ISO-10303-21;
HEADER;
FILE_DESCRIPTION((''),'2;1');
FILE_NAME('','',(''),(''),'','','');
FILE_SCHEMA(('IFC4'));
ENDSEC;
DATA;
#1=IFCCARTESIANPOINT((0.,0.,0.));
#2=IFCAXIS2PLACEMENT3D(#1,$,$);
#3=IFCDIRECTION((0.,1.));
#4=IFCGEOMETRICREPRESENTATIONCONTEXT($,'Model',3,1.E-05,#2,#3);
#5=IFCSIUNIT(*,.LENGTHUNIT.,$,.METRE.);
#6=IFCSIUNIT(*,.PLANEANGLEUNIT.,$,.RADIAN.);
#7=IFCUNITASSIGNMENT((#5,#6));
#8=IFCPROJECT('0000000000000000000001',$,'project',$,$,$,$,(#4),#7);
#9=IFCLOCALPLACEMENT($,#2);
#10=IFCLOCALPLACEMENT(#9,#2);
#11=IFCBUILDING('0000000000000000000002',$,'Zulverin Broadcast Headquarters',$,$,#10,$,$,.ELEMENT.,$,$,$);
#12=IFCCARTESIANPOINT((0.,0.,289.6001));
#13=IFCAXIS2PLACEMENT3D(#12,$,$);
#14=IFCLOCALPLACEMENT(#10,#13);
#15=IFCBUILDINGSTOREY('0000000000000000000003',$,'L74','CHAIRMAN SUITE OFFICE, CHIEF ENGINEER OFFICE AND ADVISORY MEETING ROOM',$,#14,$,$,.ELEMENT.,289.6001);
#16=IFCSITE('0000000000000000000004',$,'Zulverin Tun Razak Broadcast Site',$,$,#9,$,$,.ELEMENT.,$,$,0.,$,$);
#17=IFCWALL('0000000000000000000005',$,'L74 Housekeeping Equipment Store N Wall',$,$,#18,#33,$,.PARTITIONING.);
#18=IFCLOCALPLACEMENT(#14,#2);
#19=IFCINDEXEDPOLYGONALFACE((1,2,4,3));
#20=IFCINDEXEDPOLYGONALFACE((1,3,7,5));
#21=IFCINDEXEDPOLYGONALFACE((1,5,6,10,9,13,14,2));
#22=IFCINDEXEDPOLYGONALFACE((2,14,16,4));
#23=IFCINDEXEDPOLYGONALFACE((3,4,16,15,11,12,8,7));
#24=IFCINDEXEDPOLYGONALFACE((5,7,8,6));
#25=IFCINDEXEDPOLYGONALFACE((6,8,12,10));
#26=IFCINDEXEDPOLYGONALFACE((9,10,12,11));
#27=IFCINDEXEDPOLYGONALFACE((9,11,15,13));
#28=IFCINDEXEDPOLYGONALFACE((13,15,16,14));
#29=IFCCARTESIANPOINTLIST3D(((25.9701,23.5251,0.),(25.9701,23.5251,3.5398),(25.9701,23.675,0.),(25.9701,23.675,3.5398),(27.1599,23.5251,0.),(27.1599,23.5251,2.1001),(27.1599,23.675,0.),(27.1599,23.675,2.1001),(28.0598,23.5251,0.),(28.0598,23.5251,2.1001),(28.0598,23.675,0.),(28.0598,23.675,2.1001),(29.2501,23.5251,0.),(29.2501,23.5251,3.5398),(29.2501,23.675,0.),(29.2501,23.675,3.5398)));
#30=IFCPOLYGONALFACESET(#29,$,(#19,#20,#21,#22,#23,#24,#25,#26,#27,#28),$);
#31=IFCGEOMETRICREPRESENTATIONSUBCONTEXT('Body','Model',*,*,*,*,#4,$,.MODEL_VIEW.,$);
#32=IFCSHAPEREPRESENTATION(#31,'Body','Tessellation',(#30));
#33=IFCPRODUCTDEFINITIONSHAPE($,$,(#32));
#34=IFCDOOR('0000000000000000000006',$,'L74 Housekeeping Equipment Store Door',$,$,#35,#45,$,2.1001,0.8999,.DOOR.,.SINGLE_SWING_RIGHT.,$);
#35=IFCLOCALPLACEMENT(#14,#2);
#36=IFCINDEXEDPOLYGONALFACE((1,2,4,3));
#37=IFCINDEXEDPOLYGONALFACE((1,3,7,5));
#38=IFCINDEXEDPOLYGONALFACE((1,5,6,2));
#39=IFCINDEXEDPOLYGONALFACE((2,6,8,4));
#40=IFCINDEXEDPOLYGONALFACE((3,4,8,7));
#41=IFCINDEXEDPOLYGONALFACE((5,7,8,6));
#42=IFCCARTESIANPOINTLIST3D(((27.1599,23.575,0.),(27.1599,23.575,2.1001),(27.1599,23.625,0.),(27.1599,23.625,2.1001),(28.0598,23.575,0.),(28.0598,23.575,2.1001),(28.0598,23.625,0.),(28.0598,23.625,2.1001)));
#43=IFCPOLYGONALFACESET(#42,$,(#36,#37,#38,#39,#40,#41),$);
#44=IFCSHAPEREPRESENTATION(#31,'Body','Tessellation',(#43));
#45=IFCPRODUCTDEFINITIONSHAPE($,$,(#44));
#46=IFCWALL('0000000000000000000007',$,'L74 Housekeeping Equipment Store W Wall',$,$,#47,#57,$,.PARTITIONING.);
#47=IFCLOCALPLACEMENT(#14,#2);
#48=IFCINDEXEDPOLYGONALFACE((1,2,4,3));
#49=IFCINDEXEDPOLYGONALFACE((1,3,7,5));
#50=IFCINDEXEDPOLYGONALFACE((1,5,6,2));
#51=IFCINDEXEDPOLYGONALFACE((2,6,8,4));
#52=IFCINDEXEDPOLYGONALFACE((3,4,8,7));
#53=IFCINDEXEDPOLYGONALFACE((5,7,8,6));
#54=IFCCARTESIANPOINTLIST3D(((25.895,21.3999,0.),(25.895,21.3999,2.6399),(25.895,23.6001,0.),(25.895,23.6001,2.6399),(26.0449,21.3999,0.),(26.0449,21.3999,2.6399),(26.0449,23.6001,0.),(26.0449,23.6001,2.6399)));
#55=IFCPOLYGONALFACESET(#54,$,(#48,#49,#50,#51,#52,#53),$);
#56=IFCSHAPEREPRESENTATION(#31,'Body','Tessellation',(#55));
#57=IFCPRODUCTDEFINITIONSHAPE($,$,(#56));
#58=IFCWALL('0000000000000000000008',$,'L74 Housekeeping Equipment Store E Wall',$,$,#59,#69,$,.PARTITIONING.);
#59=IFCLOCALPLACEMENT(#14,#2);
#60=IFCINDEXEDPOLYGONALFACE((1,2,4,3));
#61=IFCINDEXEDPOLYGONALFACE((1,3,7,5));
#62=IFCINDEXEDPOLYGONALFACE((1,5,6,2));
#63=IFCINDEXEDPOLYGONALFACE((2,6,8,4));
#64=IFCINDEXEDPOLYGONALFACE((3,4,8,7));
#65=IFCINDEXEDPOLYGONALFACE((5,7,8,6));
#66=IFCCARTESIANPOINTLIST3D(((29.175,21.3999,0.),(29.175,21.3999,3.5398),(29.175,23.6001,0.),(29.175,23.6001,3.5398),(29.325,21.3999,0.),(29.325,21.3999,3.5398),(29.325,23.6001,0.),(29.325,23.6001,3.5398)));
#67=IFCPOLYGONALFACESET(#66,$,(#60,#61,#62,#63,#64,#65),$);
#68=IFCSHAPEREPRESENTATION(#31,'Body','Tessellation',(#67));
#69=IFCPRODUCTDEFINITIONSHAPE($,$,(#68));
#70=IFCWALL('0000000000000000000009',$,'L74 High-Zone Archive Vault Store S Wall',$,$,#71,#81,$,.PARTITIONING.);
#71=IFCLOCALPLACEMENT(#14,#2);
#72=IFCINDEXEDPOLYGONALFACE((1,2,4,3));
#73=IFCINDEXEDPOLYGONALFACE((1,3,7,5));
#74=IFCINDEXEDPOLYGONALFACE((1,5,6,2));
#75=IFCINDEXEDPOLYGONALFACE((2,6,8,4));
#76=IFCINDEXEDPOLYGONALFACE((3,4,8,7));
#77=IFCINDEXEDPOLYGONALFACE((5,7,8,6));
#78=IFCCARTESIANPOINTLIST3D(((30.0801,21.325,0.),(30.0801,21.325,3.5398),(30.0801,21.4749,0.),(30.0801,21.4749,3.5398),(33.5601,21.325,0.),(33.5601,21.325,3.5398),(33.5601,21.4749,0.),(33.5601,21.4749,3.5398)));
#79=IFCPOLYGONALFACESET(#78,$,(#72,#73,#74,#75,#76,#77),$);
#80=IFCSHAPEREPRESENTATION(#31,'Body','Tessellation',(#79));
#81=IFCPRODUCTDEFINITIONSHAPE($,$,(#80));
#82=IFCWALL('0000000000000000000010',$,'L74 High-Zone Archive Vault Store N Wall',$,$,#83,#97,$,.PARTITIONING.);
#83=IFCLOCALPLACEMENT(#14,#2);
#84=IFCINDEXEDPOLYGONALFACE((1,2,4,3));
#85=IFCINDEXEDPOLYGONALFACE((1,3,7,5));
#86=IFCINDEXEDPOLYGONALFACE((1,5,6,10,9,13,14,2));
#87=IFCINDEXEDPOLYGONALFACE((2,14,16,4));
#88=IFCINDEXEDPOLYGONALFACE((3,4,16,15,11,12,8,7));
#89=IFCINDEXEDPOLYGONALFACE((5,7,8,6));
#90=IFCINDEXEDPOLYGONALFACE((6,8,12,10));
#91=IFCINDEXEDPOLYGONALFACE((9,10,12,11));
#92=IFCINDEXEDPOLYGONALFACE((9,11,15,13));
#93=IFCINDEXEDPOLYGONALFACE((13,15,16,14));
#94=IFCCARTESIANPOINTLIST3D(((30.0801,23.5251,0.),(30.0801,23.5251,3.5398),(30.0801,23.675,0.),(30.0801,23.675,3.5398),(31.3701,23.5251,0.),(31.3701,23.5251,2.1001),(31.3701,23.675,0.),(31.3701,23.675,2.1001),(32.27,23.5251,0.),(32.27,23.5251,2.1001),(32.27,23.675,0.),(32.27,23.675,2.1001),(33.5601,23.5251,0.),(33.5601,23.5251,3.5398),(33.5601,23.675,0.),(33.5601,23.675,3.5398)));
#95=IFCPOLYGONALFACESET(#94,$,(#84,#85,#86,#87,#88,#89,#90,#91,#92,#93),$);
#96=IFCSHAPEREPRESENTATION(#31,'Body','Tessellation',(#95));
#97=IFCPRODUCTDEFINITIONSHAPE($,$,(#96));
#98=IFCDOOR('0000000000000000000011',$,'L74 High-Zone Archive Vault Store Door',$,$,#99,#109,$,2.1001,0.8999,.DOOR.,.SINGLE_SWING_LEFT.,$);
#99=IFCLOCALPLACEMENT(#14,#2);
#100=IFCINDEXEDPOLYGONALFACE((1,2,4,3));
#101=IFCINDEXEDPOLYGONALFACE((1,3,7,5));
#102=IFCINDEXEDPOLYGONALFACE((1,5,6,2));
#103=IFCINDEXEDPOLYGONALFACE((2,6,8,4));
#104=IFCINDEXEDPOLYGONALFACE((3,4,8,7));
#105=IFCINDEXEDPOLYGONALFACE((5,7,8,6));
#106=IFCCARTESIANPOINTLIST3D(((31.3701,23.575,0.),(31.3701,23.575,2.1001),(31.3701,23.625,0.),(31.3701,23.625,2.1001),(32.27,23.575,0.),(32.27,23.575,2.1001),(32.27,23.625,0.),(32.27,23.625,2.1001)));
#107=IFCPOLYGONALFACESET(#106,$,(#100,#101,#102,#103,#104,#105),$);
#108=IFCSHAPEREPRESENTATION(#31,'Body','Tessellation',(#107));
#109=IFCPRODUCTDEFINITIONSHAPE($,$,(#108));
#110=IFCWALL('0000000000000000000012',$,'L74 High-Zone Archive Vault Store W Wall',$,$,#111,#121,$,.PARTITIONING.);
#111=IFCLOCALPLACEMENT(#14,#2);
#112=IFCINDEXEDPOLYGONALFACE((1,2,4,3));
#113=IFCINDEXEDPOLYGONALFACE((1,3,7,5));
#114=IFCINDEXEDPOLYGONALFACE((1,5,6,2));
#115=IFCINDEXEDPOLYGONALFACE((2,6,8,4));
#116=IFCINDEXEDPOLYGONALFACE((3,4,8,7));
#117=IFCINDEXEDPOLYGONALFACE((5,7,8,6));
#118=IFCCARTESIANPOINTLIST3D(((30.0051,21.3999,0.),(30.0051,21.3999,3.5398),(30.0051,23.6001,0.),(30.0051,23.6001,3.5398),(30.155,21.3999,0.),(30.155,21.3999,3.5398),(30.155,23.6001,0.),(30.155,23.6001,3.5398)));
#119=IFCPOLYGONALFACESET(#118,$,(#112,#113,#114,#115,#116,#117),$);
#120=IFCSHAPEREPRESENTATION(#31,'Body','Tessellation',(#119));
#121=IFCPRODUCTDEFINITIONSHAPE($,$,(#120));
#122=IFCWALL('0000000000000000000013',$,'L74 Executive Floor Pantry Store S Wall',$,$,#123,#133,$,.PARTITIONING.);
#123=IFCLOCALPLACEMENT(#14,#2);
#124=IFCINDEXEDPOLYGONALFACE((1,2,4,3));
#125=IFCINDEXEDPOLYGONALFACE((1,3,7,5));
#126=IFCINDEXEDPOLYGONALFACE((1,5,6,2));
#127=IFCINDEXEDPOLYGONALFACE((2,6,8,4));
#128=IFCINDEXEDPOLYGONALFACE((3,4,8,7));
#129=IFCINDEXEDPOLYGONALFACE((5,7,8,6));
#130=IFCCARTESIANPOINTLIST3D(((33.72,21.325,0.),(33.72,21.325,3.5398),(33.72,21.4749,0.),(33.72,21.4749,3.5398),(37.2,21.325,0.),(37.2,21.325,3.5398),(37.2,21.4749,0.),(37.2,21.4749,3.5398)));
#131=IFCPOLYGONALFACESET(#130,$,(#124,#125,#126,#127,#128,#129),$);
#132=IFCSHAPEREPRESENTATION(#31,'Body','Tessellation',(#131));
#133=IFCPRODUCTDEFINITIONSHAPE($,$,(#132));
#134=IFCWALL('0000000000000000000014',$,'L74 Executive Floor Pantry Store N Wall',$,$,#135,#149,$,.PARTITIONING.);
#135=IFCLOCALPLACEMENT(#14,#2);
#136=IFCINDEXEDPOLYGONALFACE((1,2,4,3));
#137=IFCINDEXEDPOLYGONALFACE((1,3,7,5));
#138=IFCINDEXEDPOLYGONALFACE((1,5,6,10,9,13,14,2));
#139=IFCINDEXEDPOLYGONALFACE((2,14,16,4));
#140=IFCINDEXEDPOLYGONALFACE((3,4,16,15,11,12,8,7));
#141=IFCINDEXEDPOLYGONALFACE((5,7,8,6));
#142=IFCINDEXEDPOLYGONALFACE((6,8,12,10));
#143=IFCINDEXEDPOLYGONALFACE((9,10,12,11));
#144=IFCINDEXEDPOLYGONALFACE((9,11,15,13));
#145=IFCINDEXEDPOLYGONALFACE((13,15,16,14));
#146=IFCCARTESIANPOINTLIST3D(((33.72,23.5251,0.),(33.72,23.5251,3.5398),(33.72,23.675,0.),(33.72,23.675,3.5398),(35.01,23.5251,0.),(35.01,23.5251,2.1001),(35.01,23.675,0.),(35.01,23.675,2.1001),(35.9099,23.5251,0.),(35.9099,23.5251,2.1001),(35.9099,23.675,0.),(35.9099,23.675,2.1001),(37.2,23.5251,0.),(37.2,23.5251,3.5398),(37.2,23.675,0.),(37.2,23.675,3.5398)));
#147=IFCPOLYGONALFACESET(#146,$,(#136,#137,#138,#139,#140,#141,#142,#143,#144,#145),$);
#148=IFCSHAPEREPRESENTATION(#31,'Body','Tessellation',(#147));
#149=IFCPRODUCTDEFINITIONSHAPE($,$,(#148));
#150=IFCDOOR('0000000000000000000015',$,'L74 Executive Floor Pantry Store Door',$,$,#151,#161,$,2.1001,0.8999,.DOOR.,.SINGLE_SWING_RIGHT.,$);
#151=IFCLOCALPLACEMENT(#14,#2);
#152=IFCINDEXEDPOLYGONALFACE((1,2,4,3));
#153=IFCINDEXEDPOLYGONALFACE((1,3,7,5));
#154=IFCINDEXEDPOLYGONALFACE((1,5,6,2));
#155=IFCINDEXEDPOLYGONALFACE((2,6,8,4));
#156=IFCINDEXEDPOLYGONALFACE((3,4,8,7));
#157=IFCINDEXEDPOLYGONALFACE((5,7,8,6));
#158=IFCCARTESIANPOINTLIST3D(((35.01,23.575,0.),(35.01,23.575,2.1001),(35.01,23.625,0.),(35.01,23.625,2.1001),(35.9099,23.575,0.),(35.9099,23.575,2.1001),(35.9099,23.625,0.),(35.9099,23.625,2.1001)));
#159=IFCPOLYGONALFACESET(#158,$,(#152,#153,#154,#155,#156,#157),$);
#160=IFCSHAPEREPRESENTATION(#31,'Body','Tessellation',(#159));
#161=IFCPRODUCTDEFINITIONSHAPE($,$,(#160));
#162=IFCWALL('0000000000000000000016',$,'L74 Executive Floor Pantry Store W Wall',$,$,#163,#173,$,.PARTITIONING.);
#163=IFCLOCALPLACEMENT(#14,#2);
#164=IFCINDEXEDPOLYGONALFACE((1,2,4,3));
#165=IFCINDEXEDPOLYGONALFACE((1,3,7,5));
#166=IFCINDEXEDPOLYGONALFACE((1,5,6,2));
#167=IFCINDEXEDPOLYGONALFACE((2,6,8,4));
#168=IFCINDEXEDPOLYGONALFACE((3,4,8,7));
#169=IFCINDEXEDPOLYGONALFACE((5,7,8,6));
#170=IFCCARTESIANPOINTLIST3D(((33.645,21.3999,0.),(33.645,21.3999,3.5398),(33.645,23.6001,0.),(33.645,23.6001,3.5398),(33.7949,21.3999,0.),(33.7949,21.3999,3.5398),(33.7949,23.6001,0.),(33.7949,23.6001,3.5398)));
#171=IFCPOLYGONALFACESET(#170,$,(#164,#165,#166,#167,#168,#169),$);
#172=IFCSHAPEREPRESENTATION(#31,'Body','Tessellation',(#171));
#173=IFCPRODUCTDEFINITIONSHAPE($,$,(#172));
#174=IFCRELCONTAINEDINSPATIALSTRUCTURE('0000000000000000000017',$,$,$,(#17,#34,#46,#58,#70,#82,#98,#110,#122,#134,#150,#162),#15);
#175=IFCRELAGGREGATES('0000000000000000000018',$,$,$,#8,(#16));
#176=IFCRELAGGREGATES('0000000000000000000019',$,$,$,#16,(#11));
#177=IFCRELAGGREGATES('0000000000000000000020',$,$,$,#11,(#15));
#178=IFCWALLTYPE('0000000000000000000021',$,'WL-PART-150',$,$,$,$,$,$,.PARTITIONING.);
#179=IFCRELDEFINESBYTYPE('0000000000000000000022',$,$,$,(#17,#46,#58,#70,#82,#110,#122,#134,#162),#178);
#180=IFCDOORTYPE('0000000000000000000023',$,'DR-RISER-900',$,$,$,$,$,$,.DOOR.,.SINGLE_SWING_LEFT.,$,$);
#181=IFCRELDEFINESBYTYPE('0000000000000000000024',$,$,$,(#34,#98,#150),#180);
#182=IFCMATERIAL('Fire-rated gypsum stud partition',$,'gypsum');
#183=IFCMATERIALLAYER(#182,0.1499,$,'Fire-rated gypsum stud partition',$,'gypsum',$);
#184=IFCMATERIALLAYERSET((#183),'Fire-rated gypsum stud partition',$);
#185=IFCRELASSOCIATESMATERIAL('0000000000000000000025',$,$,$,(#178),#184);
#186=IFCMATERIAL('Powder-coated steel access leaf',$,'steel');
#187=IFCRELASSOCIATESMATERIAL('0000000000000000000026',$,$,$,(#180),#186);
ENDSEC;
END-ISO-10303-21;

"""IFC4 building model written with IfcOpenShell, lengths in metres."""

from ifc_helpers import new_model, si_unit, direction, frame, frame_2d, origin, place, context, subcontext, project, spatial, rectangle, extrude, material, layer, layer_set, type_object, element, fill, save


model = new_model("IFC4")

# Units and contexts
model_context = context("Model", 3, precision=1e-05, world=origin(), true_north=direction((0.0, 1.0)))
body_context = subcontext(model_context, "Body", "Model", "MODEL_VIEW")
ifc_project = project(units=[si_unit("LENGTHUNIT", "METRE"), si_unit("PLANEANGLEUNIT", "RADIAN")], contexts=[model_context])

# Site, building, storey
site_placement = place(None, origin())
site = spatial("IfcSite", under=ifc_project, at=site_placement, Name="Zulverin Tun Razak Broadcast Site", CompositionType="ELEMENT", RefElevation=0.0)
building_placement = place(site_placement, origin())
building = spatial("IfcBuilding", under=site, at=building_placement, Name="Zulverin Broadcast Headquarters", CompositionType="ELEMENT")
storey_placement = place(building_placement, frame((0.0, 0.0, 289.6001)))
storey = spatial("IfcBuildingStorey", under=building, at=storey_placement, Name="L74", Description="CHAIRMAN SUITE OFFICE, CHIEF ENGINEER OFFICE AND ADVISORY MEETING ROOM", CompositionType="ELEMENT", Elevation=289.6001)

# Shared definitions
ifc_material_1 = material(Name="Fire-rated gypsum stud partition", Category="gypsum")
ifc_layer = layer(ifc_material_1, 0.1499, Name="Fire-rated gypsum stud partition", Category="gypsum")
ifc_layer_set = layer_set([ifc_layer], Name="Fire-rated gypsum stud partition")
wall_type = type_object("IfcWallType", Name="WL-PART-150", PredefinedType="PARTITIONING", material=ifc_layer_set)
ifc_material_2 = material(Name="Powder-coated steel access leaf", Category="steel")
door_type_1 = type_object("IfcDoorType", Name="DR-RISER-900", OperationType="SINGLE_SWING_LEFT", PredefinedType="DOOR", material=ifc_material_2)

# Wall, opening, door
wall_1_placement = place(storey_placement, frame((25.97, 23.6001, 0.0), z_axis=(0.0, 0.0, 1.0), x_axis=(1.0, 0.0, 0.0)))
wall_1 = element("IfcWall", 1, at=wall_1_placement, inside=storey, type_object=wall_type, Name="L74 Housekeeping Equipment Store N Wall", PredefinedType="PARTITIONING", context=body_context, shape_type="SweptSolid", body=[
    extrude(rectangle(XDim=3.28, YDim=0.1499, at=frame_2d((1.6401, 0.0))), origin(), (0.0, 0.0, 1.0), 3.5398),
])
opening_1_placement = place(wall_1_placement, frame((1.1899, 0.0, 0.0)))
opening_1 = element("IfcOpeningElement", 2, at=opening_1_placement, cuts=wall_1, PredefinedType="OPENING", context=body_context, shape_type="SweptSolid", body=[
    extrude(rectangle(XDim=0.8999, YDim=2.1001, at=frame_2d((0.45, 1.05))), frame((0.0, 0.085, 0.0), z_axis=(0.0, -1.0, 0.0), x_axis=(1.0, 0.0, 0.0)), (0.0, 0.0, 1.0), 0.1699),
])
door_1_placement = place(opening_1_placement, origin())
door_1 = element("IfcDoor", 3, at=door_1_placement, inside=storey, type_object=door_type_1, Name="L74 Housekeeping Equipment Store Door", OperationType="SINGLE_SWING_RIGHT", OverallHeight=2.1001, OverallWidth=0.8999, PredefinedType="DOOR", context=body_context, shape_type="SweptSolid", body=[
    extrude(rectangle(XDim=0.8999, YDim=2.1001, at=frame_2d((0.45, 1.05))), frame((0.0, 0.0249, 0.0), z_axis=(0.0, -1.0, 0.0), x_axis=(1.0, 0.0, 0.0)), (0.0, 0.0, 1.0), 0.05),
])
fill(opening_1, door_1)

# Walls
wall_2_placement = place(storey_placement, frame((25.97, 21.3999, 0.0), z_axis=(0.0, 0.0, 1.0), x_axis=(0.0, 1.0, 0.0)))
element("IfcWall", 4, at=wall_2_placement, inside=storey, type_object=wall_type, Name="L74 Housekeeping Equipment Store W Wall", PredefinedType="PARTITIONING", context=body_context, shape_type="SweptSolid", body=[
    extrude(rectangle(XDim=2.2002, YDim=0.1499, at=frame_2d((1.1001, 0.0))), origin(), (0.0, 0.0, 1.0), 2.6399),
])
wall_3_placement = place(storey_placement, frame((29.25, 21.3999, 0.0), z_axis=(0.0, 0.0, 1.0), x_axis=(0.0, 1.0, 0.0)))
element("IfcWall", 5, at=wall_3_placement, inside=storey, type_object=wall_type, Name="L74 Housekeeping Equipment Store E Wall", PredefinedType="PARTITIONING", context=body_context, shape_type="SweptSolid", body=[
    extrude(rectangle(XDim=2.2002, YDim=0.1499, at=frame_2d((1.1001, 0.0))), origin(), (0.0, 0.0, 1.0), 3.5398),
])
wall_4_placement = place(storey_placement, frame((30.0801, 21.3999, 0.0), z_axis=(0.0, 0.0, 1.0), x_axis=(1.0, 0.0, 0.0)))
element("IfcWall", 6, at=wall_4_placement, inside=storey, type_object=wall_type, Name="L74 High-Zone Archive Vault Store S Wall", PredefinedType="PARTITIONING", context=body_context, shape_type="SweptSolid", body=[
    extrude(rectangle(XDim=3.48, YDim=0.1499, at=frame_2d((1.74, 0.0))), origin(), (0.0, 0.0, 1.0), 3.5398),
])

# Wall, opening, door
wall_5_placement = place(storey_placement, frame((30.0801, 23.6001, 0.0), z_axis=(0.0, 0.0, 1.0), x_axis=(1.0, 0.0, 0.0)))
wall_5 = element("IfcWall", 7, at=wall_5_placement, inside=storey, type_object=wall_type, Name="L74 High-Zone Archive Vault Store N Wall", PredefinedType="PARTITIONING", context=body_context, shape_type="SweptSolid", body=[
    extrude(rectangle(XDim=3.48, YDim=0.1499, at=frame_2d((1.74, 0.0))), origin(), (0.0, 0.0, 1.0), 3.5398),
])
opening_2_placement = place(wall_5_placement, frame((1.29, 0.0, 0.0)))
opening_2 = element("IfcOpeningElement", 8, at=opening_2_placement, cuts=wall_5, PredefinedType="OPENING", context=body_context, shape_type="SweptSolid", body=[
    extrude(rectangle(XDim=0.8999, YDim=2.1001, at=frame_2d((0.45, 1.05))), frame((0.0, 0.085, 0.0), z_axis=(0.0, -1.0, 0.0), x_axis=(1.0, 0.0, 0.0)), (0.0, 0.0, 1.0), 0.1699),
])
door_2_placement = place(opening_2_placement, origin())
door_2 = element("IfcDoor", 9, at=door_2_placement, inside=storey, type_object=door_type_1, Name="L74 High-Zone Archive Vault Store Door", OperationType="SINGLE_SWING_LEFT", OverallHeight=2.1001, OverallWidth=0.8999, PredefinedType="DOOR", context=body_context, shape_type="SweptSolid", body=[
    extrude(rectangle(XDim=0.8999, YDim=2.1001, at=frame_2d((0.45, 1.05))), frame((0.0, 0.0249, 0.0), z_axis=(0.0, -1.0, 0.0), x_axis=(1.0, 0.0, 0.0)), (0.0, 0.0, 1.0), 0.05),
])
fill(opening_2, door_2)

# Walls
wall_6_placement = place(storey_placement, frame((30.0801, 21.3999, 0.0), z_axis=(0.0, 0.0, 1.0), x_axis=(0.0, 1.0, 0.0)))
element("IfcWall", 10, at=wall_6_placement, inside=storey, type_object=wall_type, Name="L74 High-Zone Archive Vault Store W Wall", PredefinedType="PARTITIONING", context=body_context, shape_type="SweptSolid", body=[
    extrude(rectangle(XDim=2.2002, YDim=0.1499, at=frame_2d((1.1001, 0.0))), origin(), (0.0, 0.0, 1.0), 3.5398),
])
wall_7_placement = place(storey_placement, frame((33.72, 21.3999, 0.0), z_axis=(0.0, 0.0, 1.0), x_axis=(1.0, 0.0, 0.0)))
element("IfcWall", 11, at=wall_7_placement, inside=storey, type_object=wall_type, Name="L74 Executive Floor Pantry Store S Wall", PredefinedType="PARTITIONING", context=body_context, shape_type="SweptSolid", body=[
    extrude(rectangle(XDim=3.48, YDim=0.1499, at=frame_2d((1.74, 0.0))), origin(), (0.0, 0.0, 1.0), 3.5398),
])

# Wall, opening, door
wall_8_placement = place(storey_placement, frame((33.72, 23.6001, 0.0), z_axis=(0.0, 0.0, 1.0), x_axis=(1.0, 0.0, 0.0)))
wall_8 = element("IfcWall", 12, at=wall_8_placement, inside=storey, type_object=wall_type, Name="L74 Executive Floor Pantry Store N Wall", PredefinedType="PARTITIONING", context=body_context, shape_type="SweptSolid", body=[
    extrude(rectangle(XDim=3.48, YDim=0.1499, at=frame_2d((1.74, 0.0))), origin(), (0.0, 0.0, 1.0), 3.5398),
])
opening_3_placement = place(wall_8_placement, frame((1.29, 0.0, 0.0)))
opening_3 = element("IfcOpeningElement", 13, at=opening_3_placement, cuts=wall_8, PredefinedType="OPENING", context=body_context, shape_type="SweptSolid", body=[
    extrude(rectangle(XDim=0.8999, YDim=2.1001, at=frame_2d((0.45, 1.05))), frame((0.0, 0.085, 0.0), z_axis=(0.0, -1.0, 0.0), x_axis=(1.0, 0.0, 0.0)), (0.0, 0.0, 1.0), 0.1699),
])
door_3_placement = place(opening_3_placement, origin())
door_3 = element("IfcDoor", 14, at=door_3_placement, inside=storey, type_object=door_type_1, Name="L74 Executive Floor Pantry Store Door", OperationType="SINGLE_SWING_RIGHT", OverallHeight=2.1001, OverallWidth=0.8999, PredefinedType="DOOR", context=body_context, shape_type="SweptSolid", body=[
    extrude(rectangle(XDim=0.8999, YDim=2.1001, at=frame_2d((0.45, 1.05))), frame((0.0, 0.0249, 0.0), z_axis=(0.0, -1.0, 0.0), x_axis=(1.0, 0.0, 0.0)), (0.0, 0.0, 1.0), 0.05),
])
fill(opening_3, door_3)

# Wall
wall_9_placement = place(storey_placement, frame((33.72, 21.3999, 0.0), z_axis=(0.0, 0.0, 1.0), x_axis=(0.0, 1.0, 0.0)))
element("IfcWall", 15, at=wall_9_placement, inside=storey, type_object=wall_type, Name="L74 Executive Floor Pantry Store W Wall", PredefinedType="PARTITIONING", context=body_context, shape_type="SweptSolid", body=[
    extrude(rectangle(XDim=2.2002, YDim=0.1499, at=frame_2d((1.1001, 0.0))), origin(), (0.0, 0.0, 1.0), 3.5398),
])

save(model, "model.ifc")
